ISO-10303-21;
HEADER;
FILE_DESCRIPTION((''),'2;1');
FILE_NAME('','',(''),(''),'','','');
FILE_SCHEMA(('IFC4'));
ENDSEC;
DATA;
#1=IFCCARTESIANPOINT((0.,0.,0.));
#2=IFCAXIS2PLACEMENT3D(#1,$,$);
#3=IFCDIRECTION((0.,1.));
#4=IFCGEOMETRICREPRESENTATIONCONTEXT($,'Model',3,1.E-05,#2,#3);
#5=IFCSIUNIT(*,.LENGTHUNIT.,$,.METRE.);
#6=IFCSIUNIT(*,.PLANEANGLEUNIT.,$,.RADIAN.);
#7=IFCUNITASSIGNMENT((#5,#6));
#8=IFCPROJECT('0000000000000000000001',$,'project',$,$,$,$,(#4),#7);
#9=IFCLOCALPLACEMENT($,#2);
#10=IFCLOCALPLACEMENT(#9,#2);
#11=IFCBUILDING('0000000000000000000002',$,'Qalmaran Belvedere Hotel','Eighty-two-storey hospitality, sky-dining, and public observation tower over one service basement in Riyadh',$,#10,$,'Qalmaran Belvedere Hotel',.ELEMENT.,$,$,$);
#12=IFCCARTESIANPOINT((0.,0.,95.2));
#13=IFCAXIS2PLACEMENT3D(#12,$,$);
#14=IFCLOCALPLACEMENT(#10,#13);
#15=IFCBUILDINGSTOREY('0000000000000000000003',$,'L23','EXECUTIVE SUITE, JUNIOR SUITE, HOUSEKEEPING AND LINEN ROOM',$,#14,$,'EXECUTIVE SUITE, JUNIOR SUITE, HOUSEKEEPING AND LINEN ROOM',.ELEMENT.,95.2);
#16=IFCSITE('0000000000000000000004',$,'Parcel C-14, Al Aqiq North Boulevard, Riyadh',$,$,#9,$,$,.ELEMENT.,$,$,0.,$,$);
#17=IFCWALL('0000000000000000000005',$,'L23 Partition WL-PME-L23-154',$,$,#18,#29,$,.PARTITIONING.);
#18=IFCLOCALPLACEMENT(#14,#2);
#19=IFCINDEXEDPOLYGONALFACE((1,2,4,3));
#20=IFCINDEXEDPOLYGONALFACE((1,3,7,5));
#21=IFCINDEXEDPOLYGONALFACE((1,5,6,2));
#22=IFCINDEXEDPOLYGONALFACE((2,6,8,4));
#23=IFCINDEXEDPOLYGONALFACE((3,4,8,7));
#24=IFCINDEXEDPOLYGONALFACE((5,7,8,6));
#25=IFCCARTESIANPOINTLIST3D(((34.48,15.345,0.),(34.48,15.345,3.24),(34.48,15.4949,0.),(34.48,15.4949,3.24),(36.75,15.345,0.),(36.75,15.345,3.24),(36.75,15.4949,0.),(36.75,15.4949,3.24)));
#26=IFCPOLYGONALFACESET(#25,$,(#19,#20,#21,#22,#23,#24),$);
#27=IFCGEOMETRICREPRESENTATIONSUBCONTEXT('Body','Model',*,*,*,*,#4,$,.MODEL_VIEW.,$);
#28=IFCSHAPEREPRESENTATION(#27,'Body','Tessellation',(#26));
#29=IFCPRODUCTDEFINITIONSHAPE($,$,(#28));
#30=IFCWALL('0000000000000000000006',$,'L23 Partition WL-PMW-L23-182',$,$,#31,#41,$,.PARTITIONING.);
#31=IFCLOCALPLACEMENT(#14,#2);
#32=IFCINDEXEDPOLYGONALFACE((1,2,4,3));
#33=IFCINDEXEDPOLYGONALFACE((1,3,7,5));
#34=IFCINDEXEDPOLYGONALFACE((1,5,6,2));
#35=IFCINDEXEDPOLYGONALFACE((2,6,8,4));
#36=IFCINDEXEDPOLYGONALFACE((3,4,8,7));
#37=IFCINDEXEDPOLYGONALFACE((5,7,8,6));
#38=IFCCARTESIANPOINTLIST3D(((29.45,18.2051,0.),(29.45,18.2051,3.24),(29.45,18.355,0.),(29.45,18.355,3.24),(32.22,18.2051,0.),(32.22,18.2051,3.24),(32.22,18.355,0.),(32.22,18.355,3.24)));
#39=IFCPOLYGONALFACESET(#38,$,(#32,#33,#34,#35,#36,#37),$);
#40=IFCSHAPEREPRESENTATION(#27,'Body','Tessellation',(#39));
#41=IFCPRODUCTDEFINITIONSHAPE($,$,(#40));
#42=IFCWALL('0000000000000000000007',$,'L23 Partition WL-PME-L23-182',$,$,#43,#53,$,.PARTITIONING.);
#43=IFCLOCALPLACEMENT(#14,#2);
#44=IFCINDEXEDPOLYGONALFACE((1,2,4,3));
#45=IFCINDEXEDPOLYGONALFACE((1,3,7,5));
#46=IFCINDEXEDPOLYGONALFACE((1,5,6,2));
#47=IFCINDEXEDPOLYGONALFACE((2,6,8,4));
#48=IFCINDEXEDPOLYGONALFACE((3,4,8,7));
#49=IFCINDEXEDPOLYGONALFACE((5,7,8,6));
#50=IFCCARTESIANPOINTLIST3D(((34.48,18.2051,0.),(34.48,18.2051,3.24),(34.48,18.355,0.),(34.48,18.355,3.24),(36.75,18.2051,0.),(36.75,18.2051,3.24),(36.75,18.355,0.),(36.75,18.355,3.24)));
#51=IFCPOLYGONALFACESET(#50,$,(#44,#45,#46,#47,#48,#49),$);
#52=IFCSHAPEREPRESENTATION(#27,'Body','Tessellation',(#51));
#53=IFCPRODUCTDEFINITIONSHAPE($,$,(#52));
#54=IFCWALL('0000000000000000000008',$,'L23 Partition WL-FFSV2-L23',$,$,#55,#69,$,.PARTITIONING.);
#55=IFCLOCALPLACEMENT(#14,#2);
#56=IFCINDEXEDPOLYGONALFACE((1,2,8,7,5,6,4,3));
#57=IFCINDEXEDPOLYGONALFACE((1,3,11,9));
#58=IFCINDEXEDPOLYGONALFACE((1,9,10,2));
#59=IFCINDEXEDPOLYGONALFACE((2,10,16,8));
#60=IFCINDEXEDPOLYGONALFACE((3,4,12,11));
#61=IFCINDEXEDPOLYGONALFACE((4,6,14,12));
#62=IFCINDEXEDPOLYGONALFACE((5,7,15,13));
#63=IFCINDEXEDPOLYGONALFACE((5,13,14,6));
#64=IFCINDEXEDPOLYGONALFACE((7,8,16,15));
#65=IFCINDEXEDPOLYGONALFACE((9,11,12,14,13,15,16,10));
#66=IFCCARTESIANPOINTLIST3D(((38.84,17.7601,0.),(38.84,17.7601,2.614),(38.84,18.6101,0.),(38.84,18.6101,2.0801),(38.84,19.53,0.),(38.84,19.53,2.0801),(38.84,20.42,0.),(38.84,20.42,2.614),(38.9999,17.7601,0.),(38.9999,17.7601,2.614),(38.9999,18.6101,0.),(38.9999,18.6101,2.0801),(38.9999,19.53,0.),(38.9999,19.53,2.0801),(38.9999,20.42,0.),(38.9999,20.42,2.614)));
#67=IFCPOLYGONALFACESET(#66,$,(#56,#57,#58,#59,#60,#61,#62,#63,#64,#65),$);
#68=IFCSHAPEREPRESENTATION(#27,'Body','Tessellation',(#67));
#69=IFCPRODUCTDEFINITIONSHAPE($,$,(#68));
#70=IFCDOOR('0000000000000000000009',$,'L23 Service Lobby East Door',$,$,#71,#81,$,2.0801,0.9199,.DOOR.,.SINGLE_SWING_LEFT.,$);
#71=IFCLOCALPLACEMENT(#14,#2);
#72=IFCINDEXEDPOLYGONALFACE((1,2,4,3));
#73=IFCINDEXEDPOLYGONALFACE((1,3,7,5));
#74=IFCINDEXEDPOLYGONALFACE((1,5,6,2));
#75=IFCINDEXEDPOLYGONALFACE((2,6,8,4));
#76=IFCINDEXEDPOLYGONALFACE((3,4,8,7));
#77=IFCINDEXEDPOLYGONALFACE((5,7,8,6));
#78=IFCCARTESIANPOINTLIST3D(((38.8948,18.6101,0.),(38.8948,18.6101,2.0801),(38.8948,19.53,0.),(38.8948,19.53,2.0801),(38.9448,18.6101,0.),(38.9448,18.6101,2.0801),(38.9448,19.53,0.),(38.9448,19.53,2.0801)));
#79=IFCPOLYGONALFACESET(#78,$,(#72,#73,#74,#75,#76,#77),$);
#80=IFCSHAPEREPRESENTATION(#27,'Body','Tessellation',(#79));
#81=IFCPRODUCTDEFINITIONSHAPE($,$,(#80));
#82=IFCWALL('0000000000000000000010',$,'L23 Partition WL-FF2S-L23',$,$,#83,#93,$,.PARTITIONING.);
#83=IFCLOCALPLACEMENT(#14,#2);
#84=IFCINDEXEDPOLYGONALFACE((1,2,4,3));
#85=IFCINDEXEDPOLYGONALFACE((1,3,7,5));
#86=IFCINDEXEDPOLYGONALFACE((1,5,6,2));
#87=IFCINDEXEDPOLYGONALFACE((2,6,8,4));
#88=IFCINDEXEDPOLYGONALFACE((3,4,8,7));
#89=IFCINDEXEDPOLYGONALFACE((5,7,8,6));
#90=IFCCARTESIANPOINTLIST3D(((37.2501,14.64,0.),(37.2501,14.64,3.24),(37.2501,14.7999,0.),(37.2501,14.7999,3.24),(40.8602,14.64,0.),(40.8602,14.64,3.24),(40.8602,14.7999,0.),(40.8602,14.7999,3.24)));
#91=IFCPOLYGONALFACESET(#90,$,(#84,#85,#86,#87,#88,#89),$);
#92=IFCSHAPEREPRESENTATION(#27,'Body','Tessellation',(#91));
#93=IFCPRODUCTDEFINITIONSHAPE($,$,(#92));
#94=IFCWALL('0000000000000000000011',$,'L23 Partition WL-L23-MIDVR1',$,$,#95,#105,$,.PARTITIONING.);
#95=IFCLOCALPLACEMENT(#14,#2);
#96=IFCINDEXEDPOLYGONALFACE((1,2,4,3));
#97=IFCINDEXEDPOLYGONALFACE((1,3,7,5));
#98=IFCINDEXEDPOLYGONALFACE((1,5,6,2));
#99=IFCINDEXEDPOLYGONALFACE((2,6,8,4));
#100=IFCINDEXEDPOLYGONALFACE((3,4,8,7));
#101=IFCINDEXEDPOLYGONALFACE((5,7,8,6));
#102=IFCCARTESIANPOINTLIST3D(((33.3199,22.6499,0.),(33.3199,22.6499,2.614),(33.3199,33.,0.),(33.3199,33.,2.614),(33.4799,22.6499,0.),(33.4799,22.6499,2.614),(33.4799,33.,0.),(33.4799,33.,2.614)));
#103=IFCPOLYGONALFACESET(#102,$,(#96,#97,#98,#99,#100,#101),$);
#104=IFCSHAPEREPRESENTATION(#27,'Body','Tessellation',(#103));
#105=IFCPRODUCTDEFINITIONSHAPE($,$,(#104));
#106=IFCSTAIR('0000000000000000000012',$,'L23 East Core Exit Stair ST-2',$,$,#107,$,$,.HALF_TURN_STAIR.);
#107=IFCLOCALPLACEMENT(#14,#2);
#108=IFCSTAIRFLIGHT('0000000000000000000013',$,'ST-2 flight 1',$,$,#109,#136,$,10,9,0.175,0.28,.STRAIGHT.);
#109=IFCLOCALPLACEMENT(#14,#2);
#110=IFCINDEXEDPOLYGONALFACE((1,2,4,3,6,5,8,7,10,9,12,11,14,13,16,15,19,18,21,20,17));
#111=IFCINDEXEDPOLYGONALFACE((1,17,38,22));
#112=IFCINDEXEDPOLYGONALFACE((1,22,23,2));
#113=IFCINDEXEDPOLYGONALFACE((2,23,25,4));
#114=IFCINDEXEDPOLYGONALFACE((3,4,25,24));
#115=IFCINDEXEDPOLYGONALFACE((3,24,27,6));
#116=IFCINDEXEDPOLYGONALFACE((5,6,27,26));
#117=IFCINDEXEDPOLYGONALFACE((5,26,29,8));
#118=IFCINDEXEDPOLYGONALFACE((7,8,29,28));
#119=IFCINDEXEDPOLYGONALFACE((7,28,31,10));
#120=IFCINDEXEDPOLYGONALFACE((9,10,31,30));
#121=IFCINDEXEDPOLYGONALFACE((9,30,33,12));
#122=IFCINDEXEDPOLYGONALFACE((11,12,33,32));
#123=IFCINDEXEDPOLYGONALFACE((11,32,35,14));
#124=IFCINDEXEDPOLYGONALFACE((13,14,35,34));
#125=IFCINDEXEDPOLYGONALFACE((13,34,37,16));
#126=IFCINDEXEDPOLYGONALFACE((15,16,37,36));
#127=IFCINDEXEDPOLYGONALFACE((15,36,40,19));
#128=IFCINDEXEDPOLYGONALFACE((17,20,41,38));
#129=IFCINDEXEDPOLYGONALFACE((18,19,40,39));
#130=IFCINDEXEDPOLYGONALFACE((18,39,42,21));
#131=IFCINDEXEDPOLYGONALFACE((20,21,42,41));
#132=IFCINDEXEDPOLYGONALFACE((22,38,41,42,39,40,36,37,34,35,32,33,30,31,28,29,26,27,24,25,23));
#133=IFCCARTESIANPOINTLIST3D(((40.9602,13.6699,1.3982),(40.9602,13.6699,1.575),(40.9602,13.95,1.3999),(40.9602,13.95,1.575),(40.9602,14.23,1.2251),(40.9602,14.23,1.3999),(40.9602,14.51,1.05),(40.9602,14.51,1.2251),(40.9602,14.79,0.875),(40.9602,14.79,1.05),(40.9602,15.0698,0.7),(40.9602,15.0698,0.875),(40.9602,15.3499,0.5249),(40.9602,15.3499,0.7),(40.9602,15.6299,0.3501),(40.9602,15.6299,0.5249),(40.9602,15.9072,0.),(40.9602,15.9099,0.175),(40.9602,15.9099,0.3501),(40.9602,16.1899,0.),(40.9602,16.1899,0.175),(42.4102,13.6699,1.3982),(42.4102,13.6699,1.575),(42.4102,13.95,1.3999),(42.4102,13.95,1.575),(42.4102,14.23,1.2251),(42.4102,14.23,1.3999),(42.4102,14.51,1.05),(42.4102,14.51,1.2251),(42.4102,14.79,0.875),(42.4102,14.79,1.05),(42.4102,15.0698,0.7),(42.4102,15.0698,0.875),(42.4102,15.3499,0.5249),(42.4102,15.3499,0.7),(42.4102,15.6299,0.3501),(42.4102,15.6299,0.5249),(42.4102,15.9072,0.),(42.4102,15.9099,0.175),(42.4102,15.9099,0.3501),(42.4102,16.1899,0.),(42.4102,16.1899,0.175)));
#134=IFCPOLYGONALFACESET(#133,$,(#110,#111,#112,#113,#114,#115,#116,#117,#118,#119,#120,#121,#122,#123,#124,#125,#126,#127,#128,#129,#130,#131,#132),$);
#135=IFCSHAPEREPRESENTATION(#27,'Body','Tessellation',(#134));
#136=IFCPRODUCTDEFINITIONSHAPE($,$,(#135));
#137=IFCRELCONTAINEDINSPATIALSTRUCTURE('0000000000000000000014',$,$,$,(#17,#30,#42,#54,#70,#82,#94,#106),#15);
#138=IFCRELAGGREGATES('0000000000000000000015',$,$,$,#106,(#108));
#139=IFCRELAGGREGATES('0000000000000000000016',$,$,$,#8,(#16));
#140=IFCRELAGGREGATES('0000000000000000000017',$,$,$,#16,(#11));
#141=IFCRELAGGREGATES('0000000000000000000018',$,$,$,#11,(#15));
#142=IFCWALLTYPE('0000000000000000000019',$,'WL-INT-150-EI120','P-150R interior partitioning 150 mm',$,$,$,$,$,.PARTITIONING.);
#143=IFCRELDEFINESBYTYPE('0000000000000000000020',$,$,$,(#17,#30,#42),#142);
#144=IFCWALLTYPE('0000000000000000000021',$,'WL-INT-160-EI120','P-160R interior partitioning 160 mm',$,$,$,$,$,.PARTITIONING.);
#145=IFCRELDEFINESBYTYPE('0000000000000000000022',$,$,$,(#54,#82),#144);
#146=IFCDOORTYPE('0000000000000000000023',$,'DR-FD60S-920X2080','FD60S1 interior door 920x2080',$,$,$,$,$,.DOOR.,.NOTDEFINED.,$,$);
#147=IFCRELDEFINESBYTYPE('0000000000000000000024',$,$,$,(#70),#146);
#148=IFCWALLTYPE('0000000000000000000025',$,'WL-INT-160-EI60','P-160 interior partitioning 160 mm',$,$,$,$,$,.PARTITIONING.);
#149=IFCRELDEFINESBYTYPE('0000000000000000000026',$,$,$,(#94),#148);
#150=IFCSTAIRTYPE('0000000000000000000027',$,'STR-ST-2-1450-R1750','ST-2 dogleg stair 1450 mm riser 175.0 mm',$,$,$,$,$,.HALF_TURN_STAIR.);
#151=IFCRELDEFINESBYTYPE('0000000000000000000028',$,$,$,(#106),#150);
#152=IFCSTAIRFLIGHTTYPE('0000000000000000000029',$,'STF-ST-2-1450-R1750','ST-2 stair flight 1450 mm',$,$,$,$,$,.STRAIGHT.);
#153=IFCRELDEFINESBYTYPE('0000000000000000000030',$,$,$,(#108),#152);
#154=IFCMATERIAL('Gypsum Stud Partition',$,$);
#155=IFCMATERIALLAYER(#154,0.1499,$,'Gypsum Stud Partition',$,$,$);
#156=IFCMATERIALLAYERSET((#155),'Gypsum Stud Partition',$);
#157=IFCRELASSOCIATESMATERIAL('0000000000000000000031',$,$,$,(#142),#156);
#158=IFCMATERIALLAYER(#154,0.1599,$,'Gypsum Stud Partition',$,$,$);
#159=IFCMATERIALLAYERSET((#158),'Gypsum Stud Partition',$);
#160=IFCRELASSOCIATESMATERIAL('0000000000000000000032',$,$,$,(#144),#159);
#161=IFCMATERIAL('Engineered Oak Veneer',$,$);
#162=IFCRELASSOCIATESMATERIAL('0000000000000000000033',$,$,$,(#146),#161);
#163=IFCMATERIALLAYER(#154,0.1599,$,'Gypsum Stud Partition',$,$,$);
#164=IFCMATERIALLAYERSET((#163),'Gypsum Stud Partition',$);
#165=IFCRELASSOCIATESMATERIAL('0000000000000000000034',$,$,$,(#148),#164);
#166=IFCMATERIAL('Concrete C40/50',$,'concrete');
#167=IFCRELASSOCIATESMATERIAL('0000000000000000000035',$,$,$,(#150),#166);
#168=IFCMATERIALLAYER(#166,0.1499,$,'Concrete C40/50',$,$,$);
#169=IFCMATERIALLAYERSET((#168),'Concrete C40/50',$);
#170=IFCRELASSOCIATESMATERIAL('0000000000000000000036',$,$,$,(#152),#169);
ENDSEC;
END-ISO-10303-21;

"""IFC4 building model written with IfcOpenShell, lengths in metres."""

from ifc_helpers import new_model, si_unit, direction, frame, frame_2d, origin, place, context, subcontext, project, spatial, polyline, rectangle, outline, extrude, material, layer, layer_set, type_object, element, fill, aggregate, save


model = new_model("IFC4")

# Units and contexts
model_context = context("Model", 3, precision=1e-05, world=origin(), true_north=direction((0.0, 1.0)))
body_context = subcontext(model_context, "Body", "Model", "MODEL_VIEW")
ifc_project = project(units=[si_unit("LENGTHUNIT", "METRE"), si_unit("PLANEANGLEUNIT", "RADIAN")], contexts=[model_context])

# Site, building, storey
site_placement = place(None, origin())
site = spatial("IfcSite", under=ifc_project, at=site_placement, Name="Parcel C-14, Al Aqiq North Boulevard, Riyadh", CompositionType="ELEMENT", RefElevation=0.0)
building_placement = place(site_placement, origin())
building = spatial("IfcBuilding", under=site, at=building_placement, Name="Qalmaran Belvedere Hotel", Description="Eighty-two-storey hospitality, sky-dining, and public observation tower over one service basement in Riyadh", LongName="Qalmaran Belvedere Hotel", CompositionType="ELEMENT")
storey_placement = place(building_placement, frame((0.0, 0.0, 95.2)))
storey = spatial("IfcBuildingStorey", under=building, at=storey_placement, Name="L23", Description="EXECUTIVE SUITE, JUNIOR SUITE, HOUSEKEEPING AND LINEN ROOM", LongName="EXECUTIVE SUITE, JUNIOR SUITE, HOUSEKEEPING AND LINEN ROOM", CompositionType="ELEMENT", Elevation=95.2)

# Walls
ifc_material_1 = material(Name="Gypsum Stud Partition")
ifc_layer_1 = layer(ifc_material_1, 0.1499, Name="Gypsum Stud Partition")
ifc_layer_set_1 = layer_set([ifc_layer_1], Name="Gypsum Stud Partition")
wall_type_1 = type_object("IfcWallType", Name="WL-INT-150-EI120", Description="P-150R interior partitioning 150 mm", PredefinedType="PARTITIONING", material=ifc_layer_set_1)
wall_1_placement = place(storey_placement, frame((34.48, 15.4199, 0.0), z_axis=(0.0, 0.0, 1.0), x_axis=(1.0, 0.0, 0.0)))
element("IfcWall", 1, at=wall_1_placement, inside=storey, type_object=wall_type_1, Name="L23 Partition WL-PME-L23-154", PredefinedType="PARTITIONING", context=body_context, shape_type="SweptSolid", body=[
    extrude(rectangle(XDim=2.27, YDim=0.1499, at=frame_2d((1.135, 0.0))), origin(), (0.0, 0.0, 1.0), 3.24),
])
wall_2_placement = place(storey_placement, frame((29.45, 18.28, 0.0), z_axis=(0.0, 0.0, 1.0), x_axis=(1.0, 0.0, 0.0)))
element("IfcWall", 2, at=wall_2_placement, inside=storey, type_object=wall_type_1, Name="L23 Partition WL-PMW-L23-182", PredefinedType="PARTITIONING", context=body_context, shape_type="SweptSolid", body=[
    extrude(rectangle(XDim=2.77, YDim=0.1499, at=frame_2d((1.385, 0.0))), origin(), (0.0, 0.0, 1.0), 3.24),
])
wall_3_placement = place(storey_placement, frame((34.48, 18.28, 0.0), z_axis=(0.0, 0.0, 1.0), x_axis=(1.0, 0.0, 0.0)))
element("IfcWall", 3, at=wall_3_placement, inside=storey, type_object=wall_type_1, Name="L23 Partition WL-PME-L23-182", PredefinedType="PARTITIONING", context=body_context, shape_type="SweptSolid", body=[
    extrude(rectangle(XDim=2.27, YDim=0.1499, at=frame_2d((1.135, 0.0))), origin(), (0.0, 0.0, 1.0), 3.24),
])

# Wall, opening, door
ifc_layer_2 = layer(ifc_material_1, 0.1599, Name="Gypsum Stud Partition")
ifc_layer_set_2 = layer_set([ifc_layer_2], Name="Gypsum Stud Partition")
wall_type_2 = type_object("IfcWallType", Name="WL-INT-160-EI120", Description="P-160R interior partitioning 160 mm", PredefinedType="PARTITIONING", material=ifc_layer_set_2)
wall_4_placement = place(storey_placement, frame((38.9199, 17.76, 0.0), z_axis=(0.0, 0.0, 1.0), x_axis=(0.0, 1.0, 0.0)))
wall_4 = element("IfcWall", 4, at=wall_4_placement, inside=storey, type_object=wall_type_2, Name="L23 Partition WL-FFSV2-L23", PredefinedType="PARTITIONING", context=body_context, shape_type="SweptSolid", body=[
    extrude(rectangle(XDim=2.6599, YDim=0.1599, at=frame_2d((1.3301, 0.0))), origin(), (0.0, 0.0, 1.0), 2.614),
])
opening_1_placement = place(wall_4_placement, frame((1.77, 0.0, 0.0), z_axis=(0.0, 0.0, 1.0), x_axis=(-1.0, 0.0, 0.0)))
opening_1 = element("IfcOpeningElement", 5, at=opening_1_placement, cuts=wall_4, PredefinedType="OPENING", context=body_context, shape_type="SweptSolid", body=[
    extrude(rectangle(XDim=0.9199, YDim=2.0801, at=frame_2d((0.46, 1.04))), frame((0.0, 0.0898, 0.0), z_axis=(0.0, -1.0, 0.0), x_axis=(1.0, 0.0, 0.0)), (0.0, 0.0, 1.0), 0.1799),
])
ifc_material_2 = material(Name="Engineered Oak Veneer")
door_type_1 = type_object("IfcDoorType", Name="DR-FD60S-920X2080", Description="FD60S1 interior door 920x2080", OperationType="NOTDEFINED", PredefinedType="DOOR", material=ifc_material_2)
door_1_placement = place(opening_1_placement, origin())
door_1 = element("IfcDoor", 6, at=door_1_placement, inside=storey, type_object=door_type_1, Name="L23 Service Lobby East Door", OperationType="SINGLE_SWING_LEFT", OverallHeight=2.0801, OverallWidth=0.9199, PredefinedType="DOOR", context=body_context, shape_type="SweptSolid", body=[
    extrude(rectangle(XDim=0.9199, YDim=2.0801, at=frame_2d((0.46, 1.04))), frame((0.0, 0.0249, 0.0), z_axis=(0.0, -1.0, 0.0), x_axis=(1.0, 0.0, 0.0)), (0.0, 0.0, 1.0), 0.05),
])
fill(opening_1, door_1)

# Walls
wall_5_placement = place(storey_placement, frame((37.25, 14.72, 0.0), z_axis=(0.0, 0.0, 1.0), x_axis=(1.0, 0.0, 0.0)))
element("IfcWall", 7, at=wall_5_placement, inside=storey, type_object=wall_type_2, Name="L23 Partition WL-FF2S-L23", PredefinedType="PARTITIONING", context=body_context, shape_type="SweptSolid", body=[
    extrude(rectangle(XDim=3.6101, YDim=0.1599, at=frame_2d((1.8052, 0.0))), origin(), (0.0, 0.0, 1.0), 3.24),
])
ifc_layer_3 = layer(ifc_material_1, 0.1599, Name="Gypsum Stud Partition")
ifc_layer_set_3 = layer_set([ifc_layer_3], Name="Gypsum Stud Partition")
wall_type_3 = type_object("IfcWallType", Name="WL-INT-160-EI60", Description="P-160 interior partitioning 160 mm", PredefinedType="PARTITIONING", material=ifc_layer_set_3)
wall_6_placement = place(storey_placement, frame((33.3999, 22.6499, 0.0), z_axis=(0.0, 0.0, 1.0), x_axis=(0.0, 1.0, 0.0)))
element("IfcWall", 8, at=wall_6_placement, inside=storey, type_object=wall_type_3, Name="L23 Partition WL-L23-MIDVR1", PredefinedType="PARTITIONING", context=body_context, shape_type="SweptSolid", body=[
    extrude(rectangle(XDim=10.3501, YDim=0.1599, at=frame_2d((5.175, 0.0))), origin(), (0.0, 0.0, 1.0), 2.614),
])

# Stair, stair flight
ifc_material_3 = material(Name="Concrete C40/50", Category="concrete")
stair_type = type_object("IfcStairType", Name="STR-ST-2-1450-R1750", Description="ST-2 dogleg stair 1450 mm riser 175.0 mm", PredefinedType="HALF_TURN_STAIR", material=ifc_material_3)
stair_placement = place(storey_placement, origin())
stair = element("IfcStair", 9, at=stair_placement, inside=storey, type_object=stair_type, Name="L23 East Core Exit Stair ST-2", PredefinedType="HALF_TURN_STAIR")
ifc_layer_4 = layer(ifc_material_3, 0.1499, Name="Concrete C40/50")
ifc_layer_set_4 = layer_set([ifc_layer_4], Name="Concrete C40/50")
stair_flight_type = type_object("IfcStairFlightType", Name="STF-ST-2-1450-R1750", Description="ST-2 stair flight 1450 mm", PredefinedType="STRAIGHT", material=ifc_layer_set_4)
stair_flight_placement = place(storey_placement, frame((41.6851, 16.1899, 0.0), z_axis=(0.0, 0.0, 1.0), x_axis=(0.0, -1.0, 0.0)))
stair_flight = element("IfcStairFlight", 10, at=stair_flight_placement, type_object=stair_flight_type, Name="ST-2 flight 1", NumberOfRisers=10, NumberOfTreads=9, PredefinedType="STRAIGHT", RiserHeight=0.175, TreadLength=0.28, context=body_context, shape_type="SweptSolid", body=[
    extrude(outline(polyline([(0.0, 0.0), (0.0, 0.175), (0.28, 0.175), (0.28, 0.3501), (0.5601, 0.3501), (0.5601, 0.5249), (0.8401, 0.5249), (0.8401, 0.7), (1.1201, 0.7), (1.1201, 0.875), (1.3999, 0.875), (1.3999, 1.05), (1.6799, 1.05), (1.6799, 1.2251), (1.96, 1.2251), (1.96, 1.3999), (2.24, 1.3999), (2.24, 1.575), (2.52, 1.575), (2.52, 1.75), (2.52, 1.3982), (0.2827, 0.0), (0.0, 0.0)])), frame((0.0, 0.7251, 0.0), z_axis=(0.0, -1.0, 0.0), x_axis=(1.0, 0.0, 0.0)), (0.0, 0.0, 1.0), 1.45),
])
aggregate(stair, [stair_flight])

save(model, "model.ifc")
